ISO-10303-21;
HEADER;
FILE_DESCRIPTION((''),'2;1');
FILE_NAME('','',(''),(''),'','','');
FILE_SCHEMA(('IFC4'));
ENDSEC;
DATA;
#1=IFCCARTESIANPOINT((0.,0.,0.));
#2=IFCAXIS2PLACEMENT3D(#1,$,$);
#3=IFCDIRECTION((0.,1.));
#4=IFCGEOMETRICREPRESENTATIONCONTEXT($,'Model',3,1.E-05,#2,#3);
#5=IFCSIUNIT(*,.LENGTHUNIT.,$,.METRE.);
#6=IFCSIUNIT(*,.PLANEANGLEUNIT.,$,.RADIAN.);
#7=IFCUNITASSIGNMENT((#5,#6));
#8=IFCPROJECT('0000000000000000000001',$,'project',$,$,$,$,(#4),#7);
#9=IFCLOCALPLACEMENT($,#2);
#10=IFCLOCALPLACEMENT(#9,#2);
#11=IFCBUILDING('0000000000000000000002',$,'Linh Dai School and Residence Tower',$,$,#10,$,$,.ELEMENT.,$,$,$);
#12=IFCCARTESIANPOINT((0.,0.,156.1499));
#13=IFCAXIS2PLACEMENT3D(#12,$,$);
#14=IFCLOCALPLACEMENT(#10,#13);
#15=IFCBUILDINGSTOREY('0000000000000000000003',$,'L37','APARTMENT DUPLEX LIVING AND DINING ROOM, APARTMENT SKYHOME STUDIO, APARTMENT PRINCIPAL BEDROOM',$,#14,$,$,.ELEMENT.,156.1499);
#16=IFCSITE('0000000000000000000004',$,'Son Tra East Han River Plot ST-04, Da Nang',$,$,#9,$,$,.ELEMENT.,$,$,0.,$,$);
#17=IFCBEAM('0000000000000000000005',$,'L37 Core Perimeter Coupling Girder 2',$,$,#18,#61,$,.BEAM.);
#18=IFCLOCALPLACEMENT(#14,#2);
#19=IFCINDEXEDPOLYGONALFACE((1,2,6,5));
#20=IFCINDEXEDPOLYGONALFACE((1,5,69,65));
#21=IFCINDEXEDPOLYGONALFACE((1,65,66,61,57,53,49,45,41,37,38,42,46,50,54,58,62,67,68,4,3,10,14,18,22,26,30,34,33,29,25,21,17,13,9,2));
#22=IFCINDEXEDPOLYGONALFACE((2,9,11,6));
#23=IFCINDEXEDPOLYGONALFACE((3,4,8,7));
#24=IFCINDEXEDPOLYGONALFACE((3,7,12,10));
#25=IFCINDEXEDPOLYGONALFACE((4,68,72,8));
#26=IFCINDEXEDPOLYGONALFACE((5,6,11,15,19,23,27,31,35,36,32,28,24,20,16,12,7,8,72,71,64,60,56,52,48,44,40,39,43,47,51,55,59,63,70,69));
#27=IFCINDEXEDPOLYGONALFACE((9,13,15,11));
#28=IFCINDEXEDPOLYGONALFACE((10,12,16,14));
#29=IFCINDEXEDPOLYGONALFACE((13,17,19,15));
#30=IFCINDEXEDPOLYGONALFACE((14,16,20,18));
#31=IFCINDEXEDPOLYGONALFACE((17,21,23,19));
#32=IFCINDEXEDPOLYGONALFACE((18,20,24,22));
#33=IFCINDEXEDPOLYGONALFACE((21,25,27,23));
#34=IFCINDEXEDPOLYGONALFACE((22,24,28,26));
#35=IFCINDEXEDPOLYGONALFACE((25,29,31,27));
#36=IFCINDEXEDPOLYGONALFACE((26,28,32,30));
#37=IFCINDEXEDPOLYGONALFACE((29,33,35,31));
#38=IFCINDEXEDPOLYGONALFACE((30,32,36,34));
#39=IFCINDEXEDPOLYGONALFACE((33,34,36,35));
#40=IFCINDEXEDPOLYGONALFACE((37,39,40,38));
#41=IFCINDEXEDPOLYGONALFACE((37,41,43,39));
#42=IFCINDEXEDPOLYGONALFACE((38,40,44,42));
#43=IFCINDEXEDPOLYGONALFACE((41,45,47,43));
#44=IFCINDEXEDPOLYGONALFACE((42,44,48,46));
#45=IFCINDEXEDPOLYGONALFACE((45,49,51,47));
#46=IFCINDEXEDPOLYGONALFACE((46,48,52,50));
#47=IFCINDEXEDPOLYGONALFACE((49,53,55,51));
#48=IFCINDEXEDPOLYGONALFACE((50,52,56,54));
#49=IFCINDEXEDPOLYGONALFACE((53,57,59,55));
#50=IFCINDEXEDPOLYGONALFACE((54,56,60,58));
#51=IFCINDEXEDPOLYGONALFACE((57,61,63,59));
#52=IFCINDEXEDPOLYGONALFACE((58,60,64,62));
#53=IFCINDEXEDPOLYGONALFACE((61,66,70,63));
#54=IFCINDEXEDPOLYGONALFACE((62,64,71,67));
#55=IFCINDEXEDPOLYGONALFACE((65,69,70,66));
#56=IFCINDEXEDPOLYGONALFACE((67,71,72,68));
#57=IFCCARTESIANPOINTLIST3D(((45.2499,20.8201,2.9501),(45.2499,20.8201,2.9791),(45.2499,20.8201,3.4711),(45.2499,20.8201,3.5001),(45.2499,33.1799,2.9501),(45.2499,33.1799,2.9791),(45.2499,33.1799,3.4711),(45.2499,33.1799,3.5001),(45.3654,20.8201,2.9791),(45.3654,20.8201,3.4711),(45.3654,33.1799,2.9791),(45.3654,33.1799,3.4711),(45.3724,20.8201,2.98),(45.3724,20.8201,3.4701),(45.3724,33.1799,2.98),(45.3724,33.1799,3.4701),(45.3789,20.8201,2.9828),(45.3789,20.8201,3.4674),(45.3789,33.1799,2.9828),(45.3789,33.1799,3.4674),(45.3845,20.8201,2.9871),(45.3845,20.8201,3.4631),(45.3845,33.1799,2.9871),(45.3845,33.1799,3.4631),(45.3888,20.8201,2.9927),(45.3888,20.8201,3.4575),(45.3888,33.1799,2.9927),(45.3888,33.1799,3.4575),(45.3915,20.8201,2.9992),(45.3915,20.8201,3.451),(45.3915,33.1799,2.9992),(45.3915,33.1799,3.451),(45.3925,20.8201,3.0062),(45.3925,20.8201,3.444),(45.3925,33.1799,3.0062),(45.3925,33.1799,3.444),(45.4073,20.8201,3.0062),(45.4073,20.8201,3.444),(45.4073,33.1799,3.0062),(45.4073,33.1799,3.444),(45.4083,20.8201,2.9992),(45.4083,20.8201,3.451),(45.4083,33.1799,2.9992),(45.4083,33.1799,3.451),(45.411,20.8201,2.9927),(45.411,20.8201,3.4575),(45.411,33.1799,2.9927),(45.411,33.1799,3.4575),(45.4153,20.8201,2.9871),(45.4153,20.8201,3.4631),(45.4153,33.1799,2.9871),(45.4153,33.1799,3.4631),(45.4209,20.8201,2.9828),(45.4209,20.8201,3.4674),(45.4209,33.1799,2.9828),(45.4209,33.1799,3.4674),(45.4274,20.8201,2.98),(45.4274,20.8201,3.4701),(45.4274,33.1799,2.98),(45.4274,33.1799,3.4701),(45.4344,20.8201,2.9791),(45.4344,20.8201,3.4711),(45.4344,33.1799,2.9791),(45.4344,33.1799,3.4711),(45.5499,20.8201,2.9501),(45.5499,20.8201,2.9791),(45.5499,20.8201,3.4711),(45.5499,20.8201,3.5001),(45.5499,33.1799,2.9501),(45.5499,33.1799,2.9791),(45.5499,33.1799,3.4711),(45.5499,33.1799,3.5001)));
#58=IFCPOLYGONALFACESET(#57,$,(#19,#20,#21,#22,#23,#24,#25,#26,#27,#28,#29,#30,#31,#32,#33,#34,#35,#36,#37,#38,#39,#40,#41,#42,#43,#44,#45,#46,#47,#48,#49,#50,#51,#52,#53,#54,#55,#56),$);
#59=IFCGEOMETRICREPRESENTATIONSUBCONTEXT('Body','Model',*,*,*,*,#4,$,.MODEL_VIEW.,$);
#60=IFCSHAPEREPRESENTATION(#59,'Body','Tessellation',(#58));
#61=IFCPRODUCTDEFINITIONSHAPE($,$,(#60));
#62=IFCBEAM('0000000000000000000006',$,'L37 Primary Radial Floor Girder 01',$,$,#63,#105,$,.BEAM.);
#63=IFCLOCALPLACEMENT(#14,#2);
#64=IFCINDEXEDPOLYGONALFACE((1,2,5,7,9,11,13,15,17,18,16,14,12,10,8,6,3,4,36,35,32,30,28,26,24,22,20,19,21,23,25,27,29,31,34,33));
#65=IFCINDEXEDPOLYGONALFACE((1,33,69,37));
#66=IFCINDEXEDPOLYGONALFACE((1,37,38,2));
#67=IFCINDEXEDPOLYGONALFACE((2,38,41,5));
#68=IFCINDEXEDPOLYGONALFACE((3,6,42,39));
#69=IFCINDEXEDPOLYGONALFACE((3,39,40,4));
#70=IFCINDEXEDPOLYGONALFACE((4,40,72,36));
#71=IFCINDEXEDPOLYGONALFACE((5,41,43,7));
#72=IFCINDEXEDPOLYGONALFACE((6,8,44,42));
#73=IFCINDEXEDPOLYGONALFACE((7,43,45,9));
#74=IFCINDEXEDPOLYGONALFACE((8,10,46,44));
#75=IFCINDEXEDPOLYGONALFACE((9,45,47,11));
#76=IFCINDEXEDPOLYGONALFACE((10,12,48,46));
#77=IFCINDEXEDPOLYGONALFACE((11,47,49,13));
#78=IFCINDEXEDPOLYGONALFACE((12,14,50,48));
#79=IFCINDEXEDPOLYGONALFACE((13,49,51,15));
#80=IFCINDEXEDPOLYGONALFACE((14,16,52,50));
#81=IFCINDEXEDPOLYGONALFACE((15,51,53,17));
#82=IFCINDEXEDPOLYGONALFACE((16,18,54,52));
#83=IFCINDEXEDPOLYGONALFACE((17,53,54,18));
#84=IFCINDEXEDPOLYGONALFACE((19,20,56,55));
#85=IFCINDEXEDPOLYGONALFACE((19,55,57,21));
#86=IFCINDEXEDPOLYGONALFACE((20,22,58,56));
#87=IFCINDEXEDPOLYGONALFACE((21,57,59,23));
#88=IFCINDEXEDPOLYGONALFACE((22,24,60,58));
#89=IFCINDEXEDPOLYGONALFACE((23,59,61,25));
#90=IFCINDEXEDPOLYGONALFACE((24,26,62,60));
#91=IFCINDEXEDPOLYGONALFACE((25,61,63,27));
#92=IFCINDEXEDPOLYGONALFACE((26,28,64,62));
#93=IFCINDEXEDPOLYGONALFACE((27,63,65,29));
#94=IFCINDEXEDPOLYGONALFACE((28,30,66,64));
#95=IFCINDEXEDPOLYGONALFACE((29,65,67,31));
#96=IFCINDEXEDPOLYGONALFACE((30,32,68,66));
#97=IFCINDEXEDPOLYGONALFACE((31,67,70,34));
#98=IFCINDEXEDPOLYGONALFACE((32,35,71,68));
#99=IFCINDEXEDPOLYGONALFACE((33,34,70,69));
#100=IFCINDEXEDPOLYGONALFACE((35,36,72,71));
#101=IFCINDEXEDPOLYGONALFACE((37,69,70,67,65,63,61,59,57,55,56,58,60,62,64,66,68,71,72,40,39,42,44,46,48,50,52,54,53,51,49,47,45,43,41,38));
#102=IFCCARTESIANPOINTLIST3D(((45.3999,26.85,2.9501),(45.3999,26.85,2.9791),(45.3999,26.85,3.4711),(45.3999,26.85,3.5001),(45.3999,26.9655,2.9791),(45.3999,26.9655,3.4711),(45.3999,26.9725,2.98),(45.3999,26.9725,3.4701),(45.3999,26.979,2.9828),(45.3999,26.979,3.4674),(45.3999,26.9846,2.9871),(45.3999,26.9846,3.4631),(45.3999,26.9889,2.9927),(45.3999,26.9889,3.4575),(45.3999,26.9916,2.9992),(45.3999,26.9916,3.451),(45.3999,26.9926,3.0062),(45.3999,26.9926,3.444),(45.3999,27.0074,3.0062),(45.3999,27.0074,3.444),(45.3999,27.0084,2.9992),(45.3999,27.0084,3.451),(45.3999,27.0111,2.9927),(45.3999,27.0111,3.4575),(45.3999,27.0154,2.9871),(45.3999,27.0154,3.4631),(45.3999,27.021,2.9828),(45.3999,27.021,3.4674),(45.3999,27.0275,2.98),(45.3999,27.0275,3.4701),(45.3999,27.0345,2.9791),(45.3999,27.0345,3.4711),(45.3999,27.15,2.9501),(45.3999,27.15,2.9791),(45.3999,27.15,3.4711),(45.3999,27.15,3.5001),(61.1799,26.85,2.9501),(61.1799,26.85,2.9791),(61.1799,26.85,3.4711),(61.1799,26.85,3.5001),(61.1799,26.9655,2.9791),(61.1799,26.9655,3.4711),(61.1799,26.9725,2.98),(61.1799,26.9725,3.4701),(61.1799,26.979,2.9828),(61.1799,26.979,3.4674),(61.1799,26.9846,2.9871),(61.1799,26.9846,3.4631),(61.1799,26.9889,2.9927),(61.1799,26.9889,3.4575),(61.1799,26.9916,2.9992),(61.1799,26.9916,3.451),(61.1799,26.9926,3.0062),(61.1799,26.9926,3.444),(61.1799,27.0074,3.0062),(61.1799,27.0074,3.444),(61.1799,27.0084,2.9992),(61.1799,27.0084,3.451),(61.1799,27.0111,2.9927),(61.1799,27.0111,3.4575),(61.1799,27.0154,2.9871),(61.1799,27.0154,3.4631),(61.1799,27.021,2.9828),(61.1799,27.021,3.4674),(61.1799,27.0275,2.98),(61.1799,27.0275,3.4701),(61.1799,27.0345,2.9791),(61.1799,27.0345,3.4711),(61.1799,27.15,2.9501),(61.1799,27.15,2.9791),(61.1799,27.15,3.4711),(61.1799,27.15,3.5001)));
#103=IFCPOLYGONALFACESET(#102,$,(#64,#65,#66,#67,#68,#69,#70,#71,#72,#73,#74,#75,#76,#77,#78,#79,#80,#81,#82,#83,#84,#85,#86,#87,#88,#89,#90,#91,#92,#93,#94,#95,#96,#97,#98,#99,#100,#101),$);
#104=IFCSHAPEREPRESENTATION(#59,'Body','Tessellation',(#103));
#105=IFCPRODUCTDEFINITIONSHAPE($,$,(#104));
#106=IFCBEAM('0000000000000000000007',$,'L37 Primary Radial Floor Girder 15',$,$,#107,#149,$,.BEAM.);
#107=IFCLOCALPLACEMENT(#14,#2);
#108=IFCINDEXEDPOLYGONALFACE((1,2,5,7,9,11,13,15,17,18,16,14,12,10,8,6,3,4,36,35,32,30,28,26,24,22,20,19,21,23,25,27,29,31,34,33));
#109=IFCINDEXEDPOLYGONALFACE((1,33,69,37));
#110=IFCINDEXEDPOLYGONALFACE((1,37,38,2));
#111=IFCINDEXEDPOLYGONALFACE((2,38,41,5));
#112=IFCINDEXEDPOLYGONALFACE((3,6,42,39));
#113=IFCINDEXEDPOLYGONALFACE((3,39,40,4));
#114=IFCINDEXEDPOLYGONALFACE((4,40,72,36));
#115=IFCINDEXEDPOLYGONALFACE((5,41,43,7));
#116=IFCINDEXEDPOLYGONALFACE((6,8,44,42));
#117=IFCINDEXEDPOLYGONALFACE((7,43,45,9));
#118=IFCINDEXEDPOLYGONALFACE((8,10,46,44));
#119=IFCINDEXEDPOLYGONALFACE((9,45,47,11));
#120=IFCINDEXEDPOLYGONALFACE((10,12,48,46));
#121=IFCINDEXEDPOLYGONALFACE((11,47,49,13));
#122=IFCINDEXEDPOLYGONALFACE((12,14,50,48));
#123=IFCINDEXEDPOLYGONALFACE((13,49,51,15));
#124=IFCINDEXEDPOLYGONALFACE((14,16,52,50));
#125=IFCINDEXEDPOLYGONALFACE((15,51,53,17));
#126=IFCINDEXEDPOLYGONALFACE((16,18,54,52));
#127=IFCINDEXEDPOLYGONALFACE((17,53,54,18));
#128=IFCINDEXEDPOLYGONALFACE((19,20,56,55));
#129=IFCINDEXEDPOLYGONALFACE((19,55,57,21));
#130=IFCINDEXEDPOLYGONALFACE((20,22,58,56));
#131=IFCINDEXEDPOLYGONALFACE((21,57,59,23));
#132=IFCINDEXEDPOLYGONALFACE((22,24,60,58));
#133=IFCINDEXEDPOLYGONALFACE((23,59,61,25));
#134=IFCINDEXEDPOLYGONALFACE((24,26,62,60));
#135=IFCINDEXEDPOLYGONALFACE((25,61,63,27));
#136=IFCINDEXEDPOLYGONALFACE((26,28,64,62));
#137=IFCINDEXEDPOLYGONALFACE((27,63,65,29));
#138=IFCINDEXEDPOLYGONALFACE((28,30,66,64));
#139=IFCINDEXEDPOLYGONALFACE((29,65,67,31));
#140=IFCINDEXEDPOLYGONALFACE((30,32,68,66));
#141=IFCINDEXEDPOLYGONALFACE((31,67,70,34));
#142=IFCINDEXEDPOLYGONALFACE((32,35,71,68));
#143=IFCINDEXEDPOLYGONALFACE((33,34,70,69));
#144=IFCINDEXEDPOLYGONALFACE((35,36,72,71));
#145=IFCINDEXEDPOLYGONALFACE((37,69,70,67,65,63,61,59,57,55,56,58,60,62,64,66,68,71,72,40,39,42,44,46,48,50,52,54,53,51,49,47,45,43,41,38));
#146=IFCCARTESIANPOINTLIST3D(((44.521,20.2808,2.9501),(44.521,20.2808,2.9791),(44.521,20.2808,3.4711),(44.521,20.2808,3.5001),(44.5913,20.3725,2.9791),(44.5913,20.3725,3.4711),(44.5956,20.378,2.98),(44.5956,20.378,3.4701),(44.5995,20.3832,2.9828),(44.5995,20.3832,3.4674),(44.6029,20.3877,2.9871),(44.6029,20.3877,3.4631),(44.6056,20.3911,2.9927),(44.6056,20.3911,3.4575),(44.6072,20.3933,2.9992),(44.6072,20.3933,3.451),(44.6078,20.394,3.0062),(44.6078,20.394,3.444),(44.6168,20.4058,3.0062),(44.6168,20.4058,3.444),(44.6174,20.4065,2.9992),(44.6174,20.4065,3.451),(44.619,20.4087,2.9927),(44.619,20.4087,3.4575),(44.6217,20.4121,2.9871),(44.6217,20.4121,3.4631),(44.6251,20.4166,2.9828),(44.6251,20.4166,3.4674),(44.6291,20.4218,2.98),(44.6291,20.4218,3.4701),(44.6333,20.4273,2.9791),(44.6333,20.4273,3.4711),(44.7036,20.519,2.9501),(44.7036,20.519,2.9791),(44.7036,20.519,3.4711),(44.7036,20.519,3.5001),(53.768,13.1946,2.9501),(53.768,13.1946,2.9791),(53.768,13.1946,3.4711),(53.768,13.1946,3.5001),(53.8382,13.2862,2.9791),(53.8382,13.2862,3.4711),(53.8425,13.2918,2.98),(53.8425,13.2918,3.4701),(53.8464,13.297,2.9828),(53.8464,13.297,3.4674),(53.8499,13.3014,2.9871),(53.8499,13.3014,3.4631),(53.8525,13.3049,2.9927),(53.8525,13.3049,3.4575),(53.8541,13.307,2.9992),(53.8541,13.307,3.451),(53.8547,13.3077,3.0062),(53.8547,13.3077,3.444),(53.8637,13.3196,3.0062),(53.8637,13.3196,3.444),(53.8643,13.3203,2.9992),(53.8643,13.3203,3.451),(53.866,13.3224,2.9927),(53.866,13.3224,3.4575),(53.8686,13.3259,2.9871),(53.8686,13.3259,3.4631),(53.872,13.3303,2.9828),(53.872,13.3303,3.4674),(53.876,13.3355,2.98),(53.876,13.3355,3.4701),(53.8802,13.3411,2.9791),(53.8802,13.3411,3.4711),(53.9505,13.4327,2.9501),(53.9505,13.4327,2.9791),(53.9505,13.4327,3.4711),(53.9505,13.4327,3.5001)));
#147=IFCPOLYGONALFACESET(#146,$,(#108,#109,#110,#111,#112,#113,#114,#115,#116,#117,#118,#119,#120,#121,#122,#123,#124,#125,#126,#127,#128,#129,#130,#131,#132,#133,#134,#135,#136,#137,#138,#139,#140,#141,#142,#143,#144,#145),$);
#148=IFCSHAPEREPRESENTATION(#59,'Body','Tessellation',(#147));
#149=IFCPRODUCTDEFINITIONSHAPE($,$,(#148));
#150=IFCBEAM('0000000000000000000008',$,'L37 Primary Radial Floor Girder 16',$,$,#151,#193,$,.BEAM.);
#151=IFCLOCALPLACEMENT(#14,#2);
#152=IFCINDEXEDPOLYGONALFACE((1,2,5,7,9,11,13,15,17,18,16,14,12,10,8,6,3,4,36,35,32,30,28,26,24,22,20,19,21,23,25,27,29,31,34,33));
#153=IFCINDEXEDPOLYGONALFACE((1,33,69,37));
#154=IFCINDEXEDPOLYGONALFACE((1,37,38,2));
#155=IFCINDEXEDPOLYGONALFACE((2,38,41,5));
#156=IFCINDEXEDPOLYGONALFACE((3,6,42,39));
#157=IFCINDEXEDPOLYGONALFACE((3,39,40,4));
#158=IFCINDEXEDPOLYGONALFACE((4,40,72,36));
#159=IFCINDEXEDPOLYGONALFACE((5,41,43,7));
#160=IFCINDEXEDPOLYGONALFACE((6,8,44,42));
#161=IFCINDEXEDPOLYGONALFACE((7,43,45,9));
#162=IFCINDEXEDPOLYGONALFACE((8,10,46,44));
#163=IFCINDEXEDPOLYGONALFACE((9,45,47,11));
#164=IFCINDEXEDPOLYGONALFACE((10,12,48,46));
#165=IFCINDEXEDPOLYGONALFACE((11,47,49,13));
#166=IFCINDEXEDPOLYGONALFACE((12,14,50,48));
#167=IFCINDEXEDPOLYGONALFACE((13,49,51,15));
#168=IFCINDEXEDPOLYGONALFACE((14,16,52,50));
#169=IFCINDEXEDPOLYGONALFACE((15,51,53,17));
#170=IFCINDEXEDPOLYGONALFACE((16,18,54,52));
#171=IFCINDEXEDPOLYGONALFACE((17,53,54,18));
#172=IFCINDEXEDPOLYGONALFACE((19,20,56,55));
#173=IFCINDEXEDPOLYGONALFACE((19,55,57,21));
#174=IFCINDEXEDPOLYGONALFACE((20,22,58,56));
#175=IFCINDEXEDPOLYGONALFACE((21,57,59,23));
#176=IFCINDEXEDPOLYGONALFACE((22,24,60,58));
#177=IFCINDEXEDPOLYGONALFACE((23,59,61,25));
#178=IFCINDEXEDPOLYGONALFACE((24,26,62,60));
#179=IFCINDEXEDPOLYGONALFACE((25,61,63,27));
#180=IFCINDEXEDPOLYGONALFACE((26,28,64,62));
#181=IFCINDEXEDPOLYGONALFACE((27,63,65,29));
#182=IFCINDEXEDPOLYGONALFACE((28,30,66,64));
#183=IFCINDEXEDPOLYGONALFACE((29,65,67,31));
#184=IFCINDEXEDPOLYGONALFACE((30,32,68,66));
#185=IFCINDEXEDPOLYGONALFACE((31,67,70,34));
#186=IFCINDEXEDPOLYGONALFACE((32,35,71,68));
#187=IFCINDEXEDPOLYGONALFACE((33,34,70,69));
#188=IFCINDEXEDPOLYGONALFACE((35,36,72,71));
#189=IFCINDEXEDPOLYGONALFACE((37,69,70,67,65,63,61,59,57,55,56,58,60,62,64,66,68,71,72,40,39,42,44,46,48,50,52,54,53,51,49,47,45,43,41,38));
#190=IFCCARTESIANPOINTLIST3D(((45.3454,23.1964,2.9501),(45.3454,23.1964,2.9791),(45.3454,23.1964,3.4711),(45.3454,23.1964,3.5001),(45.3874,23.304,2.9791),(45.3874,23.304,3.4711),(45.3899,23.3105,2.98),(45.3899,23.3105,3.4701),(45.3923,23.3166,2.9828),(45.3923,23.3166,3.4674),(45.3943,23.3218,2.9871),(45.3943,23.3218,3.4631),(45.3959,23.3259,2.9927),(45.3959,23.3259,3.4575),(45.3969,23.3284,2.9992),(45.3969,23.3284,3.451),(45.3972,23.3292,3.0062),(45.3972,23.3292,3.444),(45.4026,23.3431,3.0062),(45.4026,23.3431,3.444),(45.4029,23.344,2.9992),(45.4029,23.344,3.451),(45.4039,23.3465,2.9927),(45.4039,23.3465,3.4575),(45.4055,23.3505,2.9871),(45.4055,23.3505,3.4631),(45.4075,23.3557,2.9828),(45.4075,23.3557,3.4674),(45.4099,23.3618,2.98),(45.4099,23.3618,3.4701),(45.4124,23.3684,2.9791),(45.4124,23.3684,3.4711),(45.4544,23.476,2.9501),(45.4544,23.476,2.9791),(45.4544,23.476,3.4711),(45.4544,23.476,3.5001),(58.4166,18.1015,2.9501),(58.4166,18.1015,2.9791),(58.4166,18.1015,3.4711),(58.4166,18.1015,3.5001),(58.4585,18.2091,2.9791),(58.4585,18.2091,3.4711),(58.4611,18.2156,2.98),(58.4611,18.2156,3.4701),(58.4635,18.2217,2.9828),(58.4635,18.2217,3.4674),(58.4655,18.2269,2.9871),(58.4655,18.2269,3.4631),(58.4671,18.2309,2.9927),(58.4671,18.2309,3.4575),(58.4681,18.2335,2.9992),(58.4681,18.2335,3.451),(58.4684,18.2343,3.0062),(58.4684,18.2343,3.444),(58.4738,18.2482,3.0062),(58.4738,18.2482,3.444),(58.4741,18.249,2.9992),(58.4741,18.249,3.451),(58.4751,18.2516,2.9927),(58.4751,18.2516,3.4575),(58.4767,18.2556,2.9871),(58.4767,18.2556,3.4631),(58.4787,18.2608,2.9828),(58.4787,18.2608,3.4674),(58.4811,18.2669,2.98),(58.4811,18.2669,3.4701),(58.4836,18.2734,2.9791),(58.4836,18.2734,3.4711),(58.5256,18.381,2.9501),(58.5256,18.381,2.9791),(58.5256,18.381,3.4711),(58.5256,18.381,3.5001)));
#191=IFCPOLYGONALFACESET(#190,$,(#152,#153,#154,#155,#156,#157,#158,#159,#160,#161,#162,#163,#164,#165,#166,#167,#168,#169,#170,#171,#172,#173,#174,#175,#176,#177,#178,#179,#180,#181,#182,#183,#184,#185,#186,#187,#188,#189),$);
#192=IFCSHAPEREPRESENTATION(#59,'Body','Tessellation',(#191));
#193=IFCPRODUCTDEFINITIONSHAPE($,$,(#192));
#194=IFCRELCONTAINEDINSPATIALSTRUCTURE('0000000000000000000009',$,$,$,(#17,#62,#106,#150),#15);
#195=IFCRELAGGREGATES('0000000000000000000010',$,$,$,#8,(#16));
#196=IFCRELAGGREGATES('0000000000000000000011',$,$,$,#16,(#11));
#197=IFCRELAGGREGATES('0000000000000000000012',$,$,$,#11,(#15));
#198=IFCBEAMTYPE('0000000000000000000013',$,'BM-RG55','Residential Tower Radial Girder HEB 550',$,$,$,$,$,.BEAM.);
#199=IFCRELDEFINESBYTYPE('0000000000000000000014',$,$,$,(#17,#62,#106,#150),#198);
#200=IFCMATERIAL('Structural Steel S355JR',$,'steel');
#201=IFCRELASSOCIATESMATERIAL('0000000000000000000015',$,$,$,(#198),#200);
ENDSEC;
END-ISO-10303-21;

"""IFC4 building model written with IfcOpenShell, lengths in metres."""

from ifc_helpers import new_model, si_unit, direction, frame, origin, origin_2d, place, context, subcontext, project, spatial, i_section, extrude, material, material_profile, profile_set, type_object, element, save


model = new_model("IFC4")

# Units and contexts
model_context = context("Model", 3, precision=1e-05, world=origin(), true_north=direction((0.0, 1.0)))
body_context = subcontext(model_context, "Body", "Model", "MODEL_VIEW")
ifc_project = project(units=[si_unit("LENGTHUNIT", "METRE"), si_unit("PLANEANGLEUNIT", "RADIAN")], contexts=[model_context])

# Site, building, storey
site_placement = place(None, origin())
site = spatial("IfcSite", under=ifc_project, at=site_placement, Name="Son Tra East Han River Plot ST-04, Da Nang", CompositionType="ELEMENT", RefElevation=0.0)
building_placement = place(site_placement, origin())
building = spatial("IfcBuilding", under=site, at=building_placement, Name="Linh Dai School and Residence Tower", CompositionType="ELEMENT")
storey_placement = place(building_placement, frame((0.0, 0.0, 156.1499)))
storey = spatial("IfcBuildingStorey", under=building, at=storey_placement, Name="L37", Description="APARTMENT DUPLEX LIVING AND DINING ROOM, APARTMENT SKYHOME STUDIO, APARTMENT PRINCIPAL BEDROOM", CompositionType="ELEMENT", Elevation=156.1499)

# Shared definitions
ifc_material_1 = material(Name="Structural Steel S355JR", Category="steel")

# Beams
ifc_material_profile_1 = material_profile(ifc_material_1, i_section(OverallWidth=0.3, OverallDepth=0.55, WebThickness=0.0149, FlangeThickness=0.0291, FilletRadius=0.0271, at=origin_2d()), Name="HEB 550")
ifc_profile_set_1 = profile_set([ifc_material_profile_1], Name="Structural Steel S355JR")
beam_type_1 = type_object("IfcBeamType", Name="BM-RG55", Description="Residential Tower Radial Girder HEB 550", PredefinedType="BEAM", material=ifc_profile_set_1)
beam_1_placement = place(storey_placement, frame((45.3999, 20.8201, 3.2251), z_axis=(0.0, 1.0, 0.0), x_axis=(-1.0, 0.0, 0.0)))
element("IfcBeam", 1, at=beam_1_placement, inside=storey, type_object=beam_type_1, Name="L37 Core Perimeter Coupling Girder 2", PredefinedType="BEAM", context=body_context, shape_type="SweptSolid", body=[
    extrude(i_section(OverallWidth=0.3, OverallDepth=0.55, WebThickness=0.0149, FlangeThickness=0.0291, FilletRadius=0.0271, at=origin_2d()), origin(), (0.0, 0.0, 1.0), 12.3599),
])
beam_2_placement = place(storey_placement, frame((45.3999, 27.0, 3.2251), z_axis=(1.0, 0.0, 0.0), x_axis=(0.0, 1.0, 0.0)))
element("IfcBeam", 2, at=beam_2_placement, inside=storey, type_object=beam_type_1, Name="L37 Primary Radial Floor Girder 01", PredefinedType="BEAM", context=body_context, shape_type="SweptSolid", body=[
    extrude(i_section(OverallWidth=0.3, OverallDepth=0.55, WebThickness=0.0149, FlangeThickness=0.0291, FilletRadius=0.0271, at=origin_2d()), origin(), (0.0, 0.0, 1.0), 15.78),
])
beam_3_placement = place(storey_placement, frame((44.6123, 20.3999, 3.2251), z_axis=(0.793733, -0.608267, 0.0), x_axis=(0.608267, 0.793733, 0.0)))
element("IfcBeam", 3, at=beam_3_placement, inside=storey, type_object=beam_type_1, Name="L37 Primary Radial Floor Girder 15", PredefinedType="BEAM", context=body_context, shape_type="SweptSolid", body=[
    extrude(i_section(OverallWidth=0.3, OverallDepth=0.55, WebThickness=0.0149, FlangeThickness=0.0291, FilletRadius=0.0271, at=origin_2d()), origin(), (0.0, 0.0, 1.0), 11.6499),
])
beam_4_placement = place(storey_placement, frame((45.3999, 23.3362, 3.2251), z_axis=(0.931723, -0.36317, 0.0), x_axis=(0.36317, 0.931723, 0.0)))
element("IfcBeam", 4, at=beam_4_placement, inside=storey, type_object=beam_type_1, Name="L37 Primary Radial Floor Girder 16", PredefinedType="BEAM", context=body_context, shape_type="SweptSolid", body=[
    extrude(i_section(OverallWidth=0.3, OverallDepth=0.55, WebThickness=0.0149, FlangeThickness=0.0291, FilletRadius=0.0271, at=origin_2d()), origin(), (0.0, 0.0, 1.0), 14.0291),
])

save(model, "model.ifc")
